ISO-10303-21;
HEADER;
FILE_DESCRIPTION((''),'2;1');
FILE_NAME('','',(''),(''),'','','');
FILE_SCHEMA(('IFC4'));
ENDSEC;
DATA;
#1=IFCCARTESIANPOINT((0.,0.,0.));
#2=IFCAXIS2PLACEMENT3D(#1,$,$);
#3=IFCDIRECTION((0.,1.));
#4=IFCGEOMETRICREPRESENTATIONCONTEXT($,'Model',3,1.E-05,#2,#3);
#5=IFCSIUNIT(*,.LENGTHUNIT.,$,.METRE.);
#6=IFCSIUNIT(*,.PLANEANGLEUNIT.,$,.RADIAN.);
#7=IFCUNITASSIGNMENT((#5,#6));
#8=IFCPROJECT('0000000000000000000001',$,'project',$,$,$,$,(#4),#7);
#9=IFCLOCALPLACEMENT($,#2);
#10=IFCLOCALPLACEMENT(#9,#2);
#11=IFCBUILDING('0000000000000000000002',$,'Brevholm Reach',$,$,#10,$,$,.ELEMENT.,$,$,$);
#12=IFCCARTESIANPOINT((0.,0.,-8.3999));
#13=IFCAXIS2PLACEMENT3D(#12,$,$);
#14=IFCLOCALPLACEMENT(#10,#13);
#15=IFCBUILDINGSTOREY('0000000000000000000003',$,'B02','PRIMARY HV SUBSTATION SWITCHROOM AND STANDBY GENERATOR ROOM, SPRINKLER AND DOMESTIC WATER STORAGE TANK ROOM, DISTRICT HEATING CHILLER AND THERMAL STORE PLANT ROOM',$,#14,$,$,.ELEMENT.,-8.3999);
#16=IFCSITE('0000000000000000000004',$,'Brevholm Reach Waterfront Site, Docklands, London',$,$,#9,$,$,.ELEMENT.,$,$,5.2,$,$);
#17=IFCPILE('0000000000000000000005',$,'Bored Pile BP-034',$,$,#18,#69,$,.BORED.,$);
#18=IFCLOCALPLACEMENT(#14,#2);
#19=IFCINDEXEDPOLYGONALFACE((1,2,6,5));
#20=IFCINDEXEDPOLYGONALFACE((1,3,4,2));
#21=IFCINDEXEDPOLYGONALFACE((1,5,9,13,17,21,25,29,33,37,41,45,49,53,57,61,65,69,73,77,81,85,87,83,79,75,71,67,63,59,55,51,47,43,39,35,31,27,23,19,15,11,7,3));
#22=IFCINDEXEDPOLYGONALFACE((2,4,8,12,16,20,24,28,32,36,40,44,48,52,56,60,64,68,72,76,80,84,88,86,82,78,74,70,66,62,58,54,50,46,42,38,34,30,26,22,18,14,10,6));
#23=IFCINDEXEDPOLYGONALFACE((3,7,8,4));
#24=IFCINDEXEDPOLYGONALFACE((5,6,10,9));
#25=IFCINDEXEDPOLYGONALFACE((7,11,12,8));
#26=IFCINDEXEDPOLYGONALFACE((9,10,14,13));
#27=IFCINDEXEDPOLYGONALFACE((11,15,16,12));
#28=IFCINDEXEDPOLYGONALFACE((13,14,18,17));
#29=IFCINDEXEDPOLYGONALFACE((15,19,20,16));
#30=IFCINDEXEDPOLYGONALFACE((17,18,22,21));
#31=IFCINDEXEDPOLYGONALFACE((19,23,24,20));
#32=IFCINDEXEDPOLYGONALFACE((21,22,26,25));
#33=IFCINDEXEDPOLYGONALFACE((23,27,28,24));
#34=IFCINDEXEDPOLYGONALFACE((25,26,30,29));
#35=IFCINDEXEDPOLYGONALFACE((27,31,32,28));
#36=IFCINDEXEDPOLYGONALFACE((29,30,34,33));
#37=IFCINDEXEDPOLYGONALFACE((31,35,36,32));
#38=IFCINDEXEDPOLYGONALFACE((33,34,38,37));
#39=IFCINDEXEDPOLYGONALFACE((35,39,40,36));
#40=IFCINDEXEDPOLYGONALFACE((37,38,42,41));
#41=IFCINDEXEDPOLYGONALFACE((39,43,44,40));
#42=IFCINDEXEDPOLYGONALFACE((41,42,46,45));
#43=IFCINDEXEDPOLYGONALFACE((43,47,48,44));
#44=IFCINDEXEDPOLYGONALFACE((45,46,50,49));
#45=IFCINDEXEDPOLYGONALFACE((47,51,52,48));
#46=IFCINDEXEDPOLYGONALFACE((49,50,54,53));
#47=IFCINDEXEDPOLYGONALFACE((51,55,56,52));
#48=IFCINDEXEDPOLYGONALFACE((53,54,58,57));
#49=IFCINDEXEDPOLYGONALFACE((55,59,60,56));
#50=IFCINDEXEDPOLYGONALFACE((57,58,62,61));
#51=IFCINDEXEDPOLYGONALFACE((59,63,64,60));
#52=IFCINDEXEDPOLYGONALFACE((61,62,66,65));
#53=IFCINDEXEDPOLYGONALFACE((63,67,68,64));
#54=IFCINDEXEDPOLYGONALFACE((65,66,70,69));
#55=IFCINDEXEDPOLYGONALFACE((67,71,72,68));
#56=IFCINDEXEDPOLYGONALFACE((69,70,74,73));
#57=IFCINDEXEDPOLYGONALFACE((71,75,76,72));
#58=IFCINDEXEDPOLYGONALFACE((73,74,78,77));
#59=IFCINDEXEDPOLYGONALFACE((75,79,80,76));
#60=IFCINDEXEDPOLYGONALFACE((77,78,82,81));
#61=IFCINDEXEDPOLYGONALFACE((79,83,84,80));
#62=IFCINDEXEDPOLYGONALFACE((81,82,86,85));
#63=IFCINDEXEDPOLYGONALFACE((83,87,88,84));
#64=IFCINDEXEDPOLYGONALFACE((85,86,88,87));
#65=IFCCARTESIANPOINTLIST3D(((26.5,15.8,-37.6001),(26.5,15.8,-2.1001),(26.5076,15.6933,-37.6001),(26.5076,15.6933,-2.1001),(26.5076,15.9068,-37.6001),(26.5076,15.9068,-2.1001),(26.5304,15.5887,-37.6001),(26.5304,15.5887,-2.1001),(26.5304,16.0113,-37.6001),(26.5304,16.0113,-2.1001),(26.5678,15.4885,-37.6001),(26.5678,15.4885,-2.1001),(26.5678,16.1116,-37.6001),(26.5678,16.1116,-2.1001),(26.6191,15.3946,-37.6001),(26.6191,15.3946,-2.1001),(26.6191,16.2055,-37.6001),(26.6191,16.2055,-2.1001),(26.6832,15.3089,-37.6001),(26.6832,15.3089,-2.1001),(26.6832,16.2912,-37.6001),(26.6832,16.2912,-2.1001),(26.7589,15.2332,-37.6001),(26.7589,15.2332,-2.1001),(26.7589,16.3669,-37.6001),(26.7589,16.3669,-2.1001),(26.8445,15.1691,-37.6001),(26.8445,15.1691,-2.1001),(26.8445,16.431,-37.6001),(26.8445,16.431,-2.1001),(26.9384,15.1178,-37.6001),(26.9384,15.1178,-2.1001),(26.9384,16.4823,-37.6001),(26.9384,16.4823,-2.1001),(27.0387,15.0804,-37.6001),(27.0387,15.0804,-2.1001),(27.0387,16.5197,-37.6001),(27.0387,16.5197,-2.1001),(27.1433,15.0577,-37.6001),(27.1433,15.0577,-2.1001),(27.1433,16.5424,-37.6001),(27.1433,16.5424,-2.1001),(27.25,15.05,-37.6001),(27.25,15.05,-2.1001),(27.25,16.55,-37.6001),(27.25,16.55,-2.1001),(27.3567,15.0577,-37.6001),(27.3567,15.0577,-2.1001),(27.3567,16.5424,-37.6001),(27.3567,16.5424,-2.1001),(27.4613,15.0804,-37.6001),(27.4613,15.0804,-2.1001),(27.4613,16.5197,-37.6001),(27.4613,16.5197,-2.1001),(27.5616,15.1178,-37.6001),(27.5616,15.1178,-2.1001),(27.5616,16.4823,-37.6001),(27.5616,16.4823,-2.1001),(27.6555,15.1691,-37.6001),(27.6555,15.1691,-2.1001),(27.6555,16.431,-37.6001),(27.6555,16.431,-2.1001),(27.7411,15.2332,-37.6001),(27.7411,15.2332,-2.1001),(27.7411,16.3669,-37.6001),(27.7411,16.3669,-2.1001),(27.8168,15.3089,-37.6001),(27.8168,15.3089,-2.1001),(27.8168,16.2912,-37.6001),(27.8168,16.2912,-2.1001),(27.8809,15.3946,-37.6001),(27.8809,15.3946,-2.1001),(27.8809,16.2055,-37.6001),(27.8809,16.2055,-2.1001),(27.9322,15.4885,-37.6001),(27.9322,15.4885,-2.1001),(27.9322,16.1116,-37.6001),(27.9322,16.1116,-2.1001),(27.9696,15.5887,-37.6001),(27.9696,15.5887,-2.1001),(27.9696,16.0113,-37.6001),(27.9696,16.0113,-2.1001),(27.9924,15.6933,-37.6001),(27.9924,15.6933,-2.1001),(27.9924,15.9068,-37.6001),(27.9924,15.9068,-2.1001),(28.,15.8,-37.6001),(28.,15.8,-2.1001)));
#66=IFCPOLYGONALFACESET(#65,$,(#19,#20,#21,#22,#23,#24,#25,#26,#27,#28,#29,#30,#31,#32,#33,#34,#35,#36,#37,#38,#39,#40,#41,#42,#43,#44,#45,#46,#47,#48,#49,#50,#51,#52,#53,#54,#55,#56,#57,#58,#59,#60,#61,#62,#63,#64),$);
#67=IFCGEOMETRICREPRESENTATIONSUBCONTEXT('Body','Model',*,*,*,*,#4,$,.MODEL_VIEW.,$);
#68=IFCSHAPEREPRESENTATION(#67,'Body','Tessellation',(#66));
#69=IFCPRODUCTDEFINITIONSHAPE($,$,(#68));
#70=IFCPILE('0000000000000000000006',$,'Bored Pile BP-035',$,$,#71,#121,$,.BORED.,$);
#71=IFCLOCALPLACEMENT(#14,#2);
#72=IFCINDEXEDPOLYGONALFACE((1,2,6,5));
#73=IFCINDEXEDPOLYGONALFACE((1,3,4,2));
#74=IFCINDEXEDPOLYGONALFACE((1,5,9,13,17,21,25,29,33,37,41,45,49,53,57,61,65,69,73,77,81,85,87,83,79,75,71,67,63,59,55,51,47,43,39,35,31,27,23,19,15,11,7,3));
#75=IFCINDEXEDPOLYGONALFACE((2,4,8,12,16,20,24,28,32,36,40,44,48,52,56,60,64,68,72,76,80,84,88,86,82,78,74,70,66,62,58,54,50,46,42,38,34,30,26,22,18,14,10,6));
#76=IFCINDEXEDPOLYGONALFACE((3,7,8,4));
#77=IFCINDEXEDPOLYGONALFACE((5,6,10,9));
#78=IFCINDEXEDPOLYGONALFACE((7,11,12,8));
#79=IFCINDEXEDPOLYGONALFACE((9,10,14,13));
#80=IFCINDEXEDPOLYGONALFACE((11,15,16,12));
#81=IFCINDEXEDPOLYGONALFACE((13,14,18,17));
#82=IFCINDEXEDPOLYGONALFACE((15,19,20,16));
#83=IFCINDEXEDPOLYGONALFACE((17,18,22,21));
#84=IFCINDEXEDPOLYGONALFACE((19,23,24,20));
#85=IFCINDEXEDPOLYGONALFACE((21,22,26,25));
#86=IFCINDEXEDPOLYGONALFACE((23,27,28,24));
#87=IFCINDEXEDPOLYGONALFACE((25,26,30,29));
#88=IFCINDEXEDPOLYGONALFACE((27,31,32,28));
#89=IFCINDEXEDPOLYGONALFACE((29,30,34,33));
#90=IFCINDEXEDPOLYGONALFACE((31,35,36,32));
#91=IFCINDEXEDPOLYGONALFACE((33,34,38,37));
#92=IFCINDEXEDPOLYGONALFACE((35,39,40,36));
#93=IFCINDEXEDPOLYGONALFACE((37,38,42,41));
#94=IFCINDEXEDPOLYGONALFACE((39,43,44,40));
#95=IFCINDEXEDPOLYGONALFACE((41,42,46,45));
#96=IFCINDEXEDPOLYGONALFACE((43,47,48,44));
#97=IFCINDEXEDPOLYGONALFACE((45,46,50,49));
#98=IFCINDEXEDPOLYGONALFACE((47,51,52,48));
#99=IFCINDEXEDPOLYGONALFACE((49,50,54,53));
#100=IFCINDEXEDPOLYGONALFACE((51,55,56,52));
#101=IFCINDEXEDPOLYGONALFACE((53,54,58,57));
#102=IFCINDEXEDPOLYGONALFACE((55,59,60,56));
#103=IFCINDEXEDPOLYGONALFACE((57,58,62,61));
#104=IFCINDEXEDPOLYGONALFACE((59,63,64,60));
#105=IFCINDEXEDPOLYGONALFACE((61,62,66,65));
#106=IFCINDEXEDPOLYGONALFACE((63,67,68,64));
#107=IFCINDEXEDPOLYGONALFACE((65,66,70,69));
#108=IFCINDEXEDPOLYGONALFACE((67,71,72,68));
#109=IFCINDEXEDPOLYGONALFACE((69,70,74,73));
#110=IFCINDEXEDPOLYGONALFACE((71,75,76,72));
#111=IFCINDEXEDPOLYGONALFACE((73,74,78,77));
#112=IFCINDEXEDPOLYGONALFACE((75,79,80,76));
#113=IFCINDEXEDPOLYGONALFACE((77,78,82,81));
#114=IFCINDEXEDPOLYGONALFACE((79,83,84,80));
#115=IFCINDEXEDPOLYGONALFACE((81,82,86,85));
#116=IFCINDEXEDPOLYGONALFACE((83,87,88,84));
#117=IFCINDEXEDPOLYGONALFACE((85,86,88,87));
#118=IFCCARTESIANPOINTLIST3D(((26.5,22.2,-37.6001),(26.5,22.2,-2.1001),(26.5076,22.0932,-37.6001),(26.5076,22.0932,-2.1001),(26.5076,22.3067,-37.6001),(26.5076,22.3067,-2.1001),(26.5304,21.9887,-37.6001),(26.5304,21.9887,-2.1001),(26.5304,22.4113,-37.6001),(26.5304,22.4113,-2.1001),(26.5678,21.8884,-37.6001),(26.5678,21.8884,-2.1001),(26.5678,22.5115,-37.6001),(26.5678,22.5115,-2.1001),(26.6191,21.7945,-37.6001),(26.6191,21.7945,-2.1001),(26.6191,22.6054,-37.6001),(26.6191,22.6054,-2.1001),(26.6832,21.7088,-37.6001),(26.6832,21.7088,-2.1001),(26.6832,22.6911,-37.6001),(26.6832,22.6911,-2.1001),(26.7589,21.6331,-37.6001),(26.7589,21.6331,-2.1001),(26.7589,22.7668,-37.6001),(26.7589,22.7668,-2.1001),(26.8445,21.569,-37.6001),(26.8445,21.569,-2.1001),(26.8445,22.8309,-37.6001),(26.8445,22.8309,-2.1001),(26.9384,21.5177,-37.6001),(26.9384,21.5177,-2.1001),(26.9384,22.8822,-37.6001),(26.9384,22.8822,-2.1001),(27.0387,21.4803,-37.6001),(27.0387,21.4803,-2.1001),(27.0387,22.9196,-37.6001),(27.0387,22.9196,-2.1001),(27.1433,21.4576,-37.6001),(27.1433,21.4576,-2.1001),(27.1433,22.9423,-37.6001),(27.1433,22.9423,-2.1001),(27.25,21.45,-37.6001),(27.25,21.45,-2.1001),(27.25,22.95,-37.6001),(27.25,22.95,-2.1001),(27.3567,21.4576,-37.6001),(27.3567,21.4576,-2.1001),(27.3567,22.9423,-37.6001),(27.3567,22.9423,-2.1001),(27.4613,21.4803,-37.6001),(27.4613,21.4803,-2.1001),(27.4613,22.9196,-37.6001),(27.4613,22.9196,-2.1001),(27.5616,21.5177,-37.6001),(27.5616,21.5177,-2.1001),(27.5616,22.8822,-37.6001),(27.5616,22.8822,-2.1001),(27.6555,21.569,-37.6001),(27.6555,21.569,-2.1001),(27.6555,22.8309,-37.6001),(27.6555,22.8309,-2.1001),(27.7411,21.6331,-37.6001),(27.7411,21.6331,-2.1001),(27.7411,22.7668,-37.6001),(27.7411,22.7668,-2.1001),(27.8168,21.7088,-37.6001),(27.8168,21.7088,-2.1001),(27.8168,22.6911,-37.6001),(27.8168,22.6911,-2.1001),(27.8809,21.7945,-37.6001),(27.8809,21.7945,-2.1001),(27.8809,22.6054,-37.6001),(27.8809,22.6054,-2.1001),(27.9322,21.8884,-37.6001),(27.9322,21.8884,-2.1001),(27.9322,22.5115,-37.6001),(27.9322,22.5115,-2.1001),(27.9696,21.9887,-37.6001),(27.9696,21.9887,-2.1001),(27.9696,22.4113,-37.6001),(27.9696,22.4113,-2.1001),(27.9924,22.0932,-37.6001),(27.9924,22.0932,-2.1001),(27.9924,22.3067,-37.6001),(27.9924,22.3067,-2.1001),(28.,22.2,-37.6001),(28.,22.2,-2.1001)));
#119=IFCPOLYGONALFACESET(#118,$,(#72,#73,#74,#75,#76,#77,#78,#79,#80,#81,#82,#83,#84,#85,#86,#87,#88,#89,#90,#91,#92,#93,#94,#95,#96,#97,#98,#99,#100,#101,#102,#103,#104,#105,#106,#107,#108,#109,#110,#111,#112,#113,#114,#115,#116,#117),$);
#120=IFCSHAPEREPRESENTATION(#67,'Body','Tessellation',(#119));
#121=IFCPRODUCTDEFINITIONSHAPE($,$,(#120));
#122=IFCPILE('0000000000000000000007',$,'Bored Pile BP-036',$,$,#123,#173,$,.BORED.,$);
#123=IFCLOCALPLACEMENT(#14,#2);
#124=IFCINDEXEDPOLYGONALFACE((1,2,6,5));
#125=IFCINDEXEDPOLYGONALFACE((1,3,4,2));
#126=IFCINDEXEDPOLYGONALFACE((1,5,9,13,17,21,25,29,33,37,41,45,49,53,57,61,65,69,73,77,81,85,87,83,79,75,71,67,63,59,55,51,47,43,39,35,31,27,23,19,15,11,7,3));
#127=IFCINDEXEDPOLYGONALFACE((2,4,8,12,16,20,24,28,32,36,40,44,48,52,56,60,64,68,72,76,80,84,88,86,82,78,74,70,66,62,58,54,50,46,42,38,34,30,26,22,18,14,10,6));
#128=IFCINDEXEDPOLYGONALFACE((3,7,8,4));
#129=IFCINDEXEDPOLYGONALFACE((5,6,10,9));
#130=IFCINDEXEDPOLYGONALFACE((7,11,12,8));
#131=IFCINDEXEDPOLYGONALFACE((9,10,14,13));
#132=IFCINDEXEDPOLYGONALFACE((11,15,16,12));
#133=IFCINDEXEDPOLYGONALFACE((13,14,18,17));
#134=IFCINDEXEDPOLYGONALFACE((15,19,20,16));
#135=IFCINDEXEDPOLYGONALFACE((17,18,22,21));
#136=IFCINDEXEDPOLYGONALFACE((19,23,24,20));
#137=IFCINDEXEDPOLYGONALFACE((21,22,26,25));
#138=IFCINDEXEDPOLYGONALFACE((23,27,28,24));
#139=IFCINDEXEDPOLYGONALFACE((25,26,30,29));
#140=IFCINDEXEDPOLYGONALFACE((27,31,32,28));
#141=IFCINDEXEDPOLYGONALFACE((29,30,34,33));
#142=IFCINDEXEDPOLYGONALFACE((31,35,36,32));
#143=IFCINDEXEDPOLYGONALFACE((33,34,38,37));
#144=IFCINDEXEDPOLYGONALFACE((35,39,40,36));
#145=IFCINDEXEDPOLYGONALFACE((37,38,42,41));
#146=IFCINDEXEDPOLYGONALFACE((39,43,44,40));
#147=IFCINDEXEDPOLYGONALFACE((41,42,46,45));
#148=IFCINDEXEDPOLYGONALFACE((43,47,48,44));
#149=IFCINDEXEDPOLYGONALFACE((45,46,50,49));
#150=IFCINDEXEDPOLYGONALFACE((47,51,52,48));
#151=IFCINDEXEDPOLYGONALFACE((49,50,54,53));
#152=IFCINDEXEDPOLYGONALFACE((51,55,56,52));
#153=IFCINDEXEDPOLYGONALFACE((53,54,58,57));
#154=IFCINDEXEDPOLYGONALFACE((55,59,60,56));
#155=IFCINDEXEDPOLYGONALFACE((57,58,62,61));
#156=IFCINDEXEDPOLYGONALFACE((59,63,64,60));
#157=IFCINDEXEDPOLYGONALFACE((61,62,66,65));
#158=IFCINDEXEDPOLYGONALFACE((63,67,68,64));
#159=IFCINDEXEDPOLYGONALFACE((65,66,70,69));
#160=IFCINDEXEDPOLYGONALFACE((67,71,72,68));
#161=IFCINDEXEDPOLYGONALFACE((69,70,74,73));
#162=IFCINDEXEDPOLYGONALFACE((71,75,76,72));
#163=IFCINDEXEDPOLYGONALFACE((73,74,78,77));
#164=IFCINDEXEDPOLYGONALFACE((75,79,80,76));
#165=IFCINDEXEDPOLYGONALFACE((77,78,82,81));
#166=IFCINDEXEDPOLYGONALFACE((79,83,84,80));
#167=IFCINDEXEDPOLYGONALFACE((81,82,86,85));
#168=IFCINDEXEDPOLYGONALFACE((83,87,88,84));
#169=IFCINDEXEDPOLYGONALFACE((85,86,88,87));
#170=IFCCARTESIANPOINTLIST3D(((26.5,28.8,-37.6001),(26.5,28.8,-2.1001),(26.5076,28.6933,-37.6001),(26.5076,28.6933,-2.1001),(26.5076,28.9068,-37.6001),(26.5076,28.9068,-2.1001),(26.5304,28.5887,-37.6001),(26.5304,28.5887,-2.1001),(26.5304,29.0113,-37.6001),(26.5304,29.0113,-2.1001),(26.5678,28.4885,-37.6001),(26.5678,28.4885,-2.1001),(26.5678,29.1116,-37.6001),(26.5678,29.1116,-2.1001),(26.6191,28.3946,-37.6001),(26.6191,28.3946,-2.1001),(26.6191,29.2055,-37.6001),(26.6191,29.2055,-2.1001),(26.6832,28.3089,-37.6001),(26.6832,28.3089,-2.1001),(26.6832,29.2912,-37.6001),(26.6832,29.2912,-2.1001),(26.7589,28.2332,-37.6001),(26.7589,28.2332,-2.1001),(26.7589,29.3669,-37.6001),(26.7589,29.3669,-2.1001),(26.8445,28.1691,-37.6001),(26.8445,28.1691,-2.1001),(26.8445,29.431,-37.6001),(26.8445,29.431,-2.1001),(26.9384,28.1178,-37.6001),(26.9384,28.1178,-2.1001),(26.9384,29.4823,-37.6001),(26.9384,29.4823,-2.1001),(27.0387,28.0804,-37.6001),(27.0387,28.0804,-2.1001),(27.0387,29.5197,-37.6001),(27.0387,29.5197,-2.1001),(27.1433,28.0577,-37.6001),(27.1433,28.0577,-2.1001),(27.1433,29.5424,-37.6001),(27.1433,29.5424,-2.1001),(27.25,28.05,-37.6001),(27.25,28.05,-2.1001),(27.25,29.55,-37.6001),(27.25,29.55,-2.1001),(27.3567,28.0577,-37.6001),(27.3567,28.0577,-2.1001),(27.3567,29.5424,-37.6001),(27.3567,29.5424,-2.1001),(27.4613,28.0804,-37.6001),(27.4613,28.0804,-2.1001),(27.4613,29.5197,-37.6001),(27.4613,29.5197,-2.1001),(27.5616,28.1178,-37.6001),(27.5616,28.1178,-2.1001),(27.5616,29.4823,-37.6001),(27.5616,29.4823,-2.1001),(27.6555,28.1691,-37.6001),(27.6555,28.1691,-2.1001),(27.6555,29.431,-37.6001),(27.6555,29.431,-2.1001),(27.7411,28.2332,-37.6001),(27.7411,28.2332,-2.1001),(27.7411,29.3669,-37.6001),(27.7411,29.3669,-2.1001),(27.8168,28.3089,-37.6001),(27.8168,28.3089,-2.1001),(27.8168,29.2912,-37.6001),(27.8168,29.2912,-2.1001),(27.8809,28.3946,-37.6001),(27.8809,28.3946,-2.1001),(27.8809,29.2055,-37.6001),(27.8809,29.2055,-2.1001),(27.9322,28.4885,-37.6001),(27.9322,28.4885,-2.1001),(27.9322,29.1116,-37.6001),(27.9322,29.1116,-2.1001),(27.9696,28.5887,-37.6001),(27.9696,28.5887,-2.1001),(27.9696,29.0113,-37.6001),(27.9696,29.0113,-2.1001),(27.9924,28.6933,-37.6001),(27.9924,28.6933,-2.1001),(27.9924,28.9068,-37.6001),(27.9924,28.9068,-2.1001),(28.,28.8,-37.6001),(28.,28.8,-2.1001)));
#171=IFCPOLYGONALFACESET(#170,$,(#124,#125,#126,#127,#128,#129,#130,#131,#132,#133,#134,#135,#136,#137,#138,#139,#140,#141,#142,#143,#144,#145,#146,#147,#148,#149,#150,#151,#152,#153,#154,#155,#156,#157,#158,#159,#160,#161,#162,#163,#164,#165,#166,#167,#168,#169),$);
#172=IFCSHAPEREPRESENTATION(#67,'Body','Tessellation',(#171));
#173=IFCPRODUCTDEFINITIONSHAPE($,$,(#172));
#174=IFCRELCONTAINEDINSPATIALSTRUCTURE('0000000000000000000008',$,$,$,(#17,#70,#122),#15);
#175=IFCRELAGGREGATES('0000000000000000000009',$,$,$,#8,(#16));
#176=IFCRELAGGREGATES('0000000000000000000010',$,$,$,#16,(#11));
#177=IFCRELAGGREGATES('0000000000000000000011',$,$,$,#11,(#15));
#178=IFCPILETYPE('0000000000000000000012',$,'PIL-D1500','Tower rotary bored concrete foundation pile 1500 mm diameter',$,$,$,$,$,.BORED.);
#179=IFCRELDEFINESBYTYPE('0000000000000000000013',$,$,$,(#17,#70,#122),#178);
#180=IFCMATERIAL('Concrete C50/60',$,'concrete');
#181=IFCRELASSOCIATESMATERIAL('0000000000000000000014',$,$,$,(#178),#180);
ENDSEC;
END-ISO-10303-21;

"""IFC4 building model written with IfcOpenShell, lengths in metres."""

from ifc_helpers import new_model, si_unit, direction, frame, origin, origin_2d, place, context, subcontext, project, spatial, circle, extrude, material, material_profile, profile_set, type_object, element, save


model = new_model("IFC4")

# Units and contexts
model_context = context("Model", 3, precision=1e-05, world=origin(), true_north=direction((0.0, 1.0)))
body_context = subcontext(model_context, "Body", "Model", "MODEL_VIEW")
ifc_project = project(units=[si_unit("LENGTHUNIT", "METRE"), si_unit("PLANEANGLEUNIT", "RADIAN")], contexts=[model_context])

# Site, building, storey
site_placement = place(None, origin())
site = spatial("IfcSite", under=ifc_project, at=site_placement, Name="Brevholm Reach Waterfront Site, Docklands, London", CompositionType="ELEMENT", RefElevation=5.2)
building_placement = place(site_placement, origin())
building = spatial("IfcBuilding", under=site, at=building_placement, Name="Brevholm Reach", CompositionType="ELEMENT")
storey_placement = place(building_placement, frame((0.0, 0.0, -8.3999)))
storey = spatial("IfcBuildingStorey", under=building, at=storey_placement, Name="B02", Description="PRIMARY HV SUBSTATION SWITCHROOM AND STANDBY GENERATOR ROOM, SPRINKLER AND DOMESTIC WATER STORAGE TANK ROOM, DISTRICT HEATING CHILLER AND THERMAL STORE PLANT ROOM", CompositionType="ELEMENT", Elevation=-8.3999)

# Piles
ifc_material_1 = material(Name="Concrete C50/60", Category="concrete")
ifc_material_profile_1 = material_profile(ifc_material_1, circle(Radius=0.75, at=origin_2d()), Name="PILE D1500")
ifc_profile_set_1 = profile_set([ifc_material_profile_1], Name="Concrete C50/60")
pile_type = type_object("IfcPileType", Name="PIL-D1500", Description="Tower rotary bored concrete foundation pile 1500 mm diameter", PredefinedType="BORED", material=ifc_profile_set_1)
for number, where, z_axis, x_axis, name in (
    (1, (27.25, 15.8, -2.1001), (0.0, 0.0, -1.0), (1.0, 0.0, 0.0), "Bored Pile BP-034"),
    (2, (27.25, 22.2, -2.1001), (0.0, 0.0, -1.0), (1.0, 0.0, 0.0), "Bored Pile BP-035"),
    (3, (27.25, 28.8, -2.1001), (0.0, 0.0, -1.0), (1.0, 0.0, 0.0), "Bored Pile BP-036"),
):
    element("IfcPile", number, at=place(storey_placement, frame(where, z_axis=z_axis, x_axis=x_axis)), inside=storey, type_object=pile_type, Name=name, PredefinedType="BORED", context=body_context, shape_type="SweptSolid", body=[
        extrude(circle(Radius=0.75, at=origin_2d()), origin(), (0.0, 0.0, 1.0), 35.5),
    ])

save(model, "model.ifc")
